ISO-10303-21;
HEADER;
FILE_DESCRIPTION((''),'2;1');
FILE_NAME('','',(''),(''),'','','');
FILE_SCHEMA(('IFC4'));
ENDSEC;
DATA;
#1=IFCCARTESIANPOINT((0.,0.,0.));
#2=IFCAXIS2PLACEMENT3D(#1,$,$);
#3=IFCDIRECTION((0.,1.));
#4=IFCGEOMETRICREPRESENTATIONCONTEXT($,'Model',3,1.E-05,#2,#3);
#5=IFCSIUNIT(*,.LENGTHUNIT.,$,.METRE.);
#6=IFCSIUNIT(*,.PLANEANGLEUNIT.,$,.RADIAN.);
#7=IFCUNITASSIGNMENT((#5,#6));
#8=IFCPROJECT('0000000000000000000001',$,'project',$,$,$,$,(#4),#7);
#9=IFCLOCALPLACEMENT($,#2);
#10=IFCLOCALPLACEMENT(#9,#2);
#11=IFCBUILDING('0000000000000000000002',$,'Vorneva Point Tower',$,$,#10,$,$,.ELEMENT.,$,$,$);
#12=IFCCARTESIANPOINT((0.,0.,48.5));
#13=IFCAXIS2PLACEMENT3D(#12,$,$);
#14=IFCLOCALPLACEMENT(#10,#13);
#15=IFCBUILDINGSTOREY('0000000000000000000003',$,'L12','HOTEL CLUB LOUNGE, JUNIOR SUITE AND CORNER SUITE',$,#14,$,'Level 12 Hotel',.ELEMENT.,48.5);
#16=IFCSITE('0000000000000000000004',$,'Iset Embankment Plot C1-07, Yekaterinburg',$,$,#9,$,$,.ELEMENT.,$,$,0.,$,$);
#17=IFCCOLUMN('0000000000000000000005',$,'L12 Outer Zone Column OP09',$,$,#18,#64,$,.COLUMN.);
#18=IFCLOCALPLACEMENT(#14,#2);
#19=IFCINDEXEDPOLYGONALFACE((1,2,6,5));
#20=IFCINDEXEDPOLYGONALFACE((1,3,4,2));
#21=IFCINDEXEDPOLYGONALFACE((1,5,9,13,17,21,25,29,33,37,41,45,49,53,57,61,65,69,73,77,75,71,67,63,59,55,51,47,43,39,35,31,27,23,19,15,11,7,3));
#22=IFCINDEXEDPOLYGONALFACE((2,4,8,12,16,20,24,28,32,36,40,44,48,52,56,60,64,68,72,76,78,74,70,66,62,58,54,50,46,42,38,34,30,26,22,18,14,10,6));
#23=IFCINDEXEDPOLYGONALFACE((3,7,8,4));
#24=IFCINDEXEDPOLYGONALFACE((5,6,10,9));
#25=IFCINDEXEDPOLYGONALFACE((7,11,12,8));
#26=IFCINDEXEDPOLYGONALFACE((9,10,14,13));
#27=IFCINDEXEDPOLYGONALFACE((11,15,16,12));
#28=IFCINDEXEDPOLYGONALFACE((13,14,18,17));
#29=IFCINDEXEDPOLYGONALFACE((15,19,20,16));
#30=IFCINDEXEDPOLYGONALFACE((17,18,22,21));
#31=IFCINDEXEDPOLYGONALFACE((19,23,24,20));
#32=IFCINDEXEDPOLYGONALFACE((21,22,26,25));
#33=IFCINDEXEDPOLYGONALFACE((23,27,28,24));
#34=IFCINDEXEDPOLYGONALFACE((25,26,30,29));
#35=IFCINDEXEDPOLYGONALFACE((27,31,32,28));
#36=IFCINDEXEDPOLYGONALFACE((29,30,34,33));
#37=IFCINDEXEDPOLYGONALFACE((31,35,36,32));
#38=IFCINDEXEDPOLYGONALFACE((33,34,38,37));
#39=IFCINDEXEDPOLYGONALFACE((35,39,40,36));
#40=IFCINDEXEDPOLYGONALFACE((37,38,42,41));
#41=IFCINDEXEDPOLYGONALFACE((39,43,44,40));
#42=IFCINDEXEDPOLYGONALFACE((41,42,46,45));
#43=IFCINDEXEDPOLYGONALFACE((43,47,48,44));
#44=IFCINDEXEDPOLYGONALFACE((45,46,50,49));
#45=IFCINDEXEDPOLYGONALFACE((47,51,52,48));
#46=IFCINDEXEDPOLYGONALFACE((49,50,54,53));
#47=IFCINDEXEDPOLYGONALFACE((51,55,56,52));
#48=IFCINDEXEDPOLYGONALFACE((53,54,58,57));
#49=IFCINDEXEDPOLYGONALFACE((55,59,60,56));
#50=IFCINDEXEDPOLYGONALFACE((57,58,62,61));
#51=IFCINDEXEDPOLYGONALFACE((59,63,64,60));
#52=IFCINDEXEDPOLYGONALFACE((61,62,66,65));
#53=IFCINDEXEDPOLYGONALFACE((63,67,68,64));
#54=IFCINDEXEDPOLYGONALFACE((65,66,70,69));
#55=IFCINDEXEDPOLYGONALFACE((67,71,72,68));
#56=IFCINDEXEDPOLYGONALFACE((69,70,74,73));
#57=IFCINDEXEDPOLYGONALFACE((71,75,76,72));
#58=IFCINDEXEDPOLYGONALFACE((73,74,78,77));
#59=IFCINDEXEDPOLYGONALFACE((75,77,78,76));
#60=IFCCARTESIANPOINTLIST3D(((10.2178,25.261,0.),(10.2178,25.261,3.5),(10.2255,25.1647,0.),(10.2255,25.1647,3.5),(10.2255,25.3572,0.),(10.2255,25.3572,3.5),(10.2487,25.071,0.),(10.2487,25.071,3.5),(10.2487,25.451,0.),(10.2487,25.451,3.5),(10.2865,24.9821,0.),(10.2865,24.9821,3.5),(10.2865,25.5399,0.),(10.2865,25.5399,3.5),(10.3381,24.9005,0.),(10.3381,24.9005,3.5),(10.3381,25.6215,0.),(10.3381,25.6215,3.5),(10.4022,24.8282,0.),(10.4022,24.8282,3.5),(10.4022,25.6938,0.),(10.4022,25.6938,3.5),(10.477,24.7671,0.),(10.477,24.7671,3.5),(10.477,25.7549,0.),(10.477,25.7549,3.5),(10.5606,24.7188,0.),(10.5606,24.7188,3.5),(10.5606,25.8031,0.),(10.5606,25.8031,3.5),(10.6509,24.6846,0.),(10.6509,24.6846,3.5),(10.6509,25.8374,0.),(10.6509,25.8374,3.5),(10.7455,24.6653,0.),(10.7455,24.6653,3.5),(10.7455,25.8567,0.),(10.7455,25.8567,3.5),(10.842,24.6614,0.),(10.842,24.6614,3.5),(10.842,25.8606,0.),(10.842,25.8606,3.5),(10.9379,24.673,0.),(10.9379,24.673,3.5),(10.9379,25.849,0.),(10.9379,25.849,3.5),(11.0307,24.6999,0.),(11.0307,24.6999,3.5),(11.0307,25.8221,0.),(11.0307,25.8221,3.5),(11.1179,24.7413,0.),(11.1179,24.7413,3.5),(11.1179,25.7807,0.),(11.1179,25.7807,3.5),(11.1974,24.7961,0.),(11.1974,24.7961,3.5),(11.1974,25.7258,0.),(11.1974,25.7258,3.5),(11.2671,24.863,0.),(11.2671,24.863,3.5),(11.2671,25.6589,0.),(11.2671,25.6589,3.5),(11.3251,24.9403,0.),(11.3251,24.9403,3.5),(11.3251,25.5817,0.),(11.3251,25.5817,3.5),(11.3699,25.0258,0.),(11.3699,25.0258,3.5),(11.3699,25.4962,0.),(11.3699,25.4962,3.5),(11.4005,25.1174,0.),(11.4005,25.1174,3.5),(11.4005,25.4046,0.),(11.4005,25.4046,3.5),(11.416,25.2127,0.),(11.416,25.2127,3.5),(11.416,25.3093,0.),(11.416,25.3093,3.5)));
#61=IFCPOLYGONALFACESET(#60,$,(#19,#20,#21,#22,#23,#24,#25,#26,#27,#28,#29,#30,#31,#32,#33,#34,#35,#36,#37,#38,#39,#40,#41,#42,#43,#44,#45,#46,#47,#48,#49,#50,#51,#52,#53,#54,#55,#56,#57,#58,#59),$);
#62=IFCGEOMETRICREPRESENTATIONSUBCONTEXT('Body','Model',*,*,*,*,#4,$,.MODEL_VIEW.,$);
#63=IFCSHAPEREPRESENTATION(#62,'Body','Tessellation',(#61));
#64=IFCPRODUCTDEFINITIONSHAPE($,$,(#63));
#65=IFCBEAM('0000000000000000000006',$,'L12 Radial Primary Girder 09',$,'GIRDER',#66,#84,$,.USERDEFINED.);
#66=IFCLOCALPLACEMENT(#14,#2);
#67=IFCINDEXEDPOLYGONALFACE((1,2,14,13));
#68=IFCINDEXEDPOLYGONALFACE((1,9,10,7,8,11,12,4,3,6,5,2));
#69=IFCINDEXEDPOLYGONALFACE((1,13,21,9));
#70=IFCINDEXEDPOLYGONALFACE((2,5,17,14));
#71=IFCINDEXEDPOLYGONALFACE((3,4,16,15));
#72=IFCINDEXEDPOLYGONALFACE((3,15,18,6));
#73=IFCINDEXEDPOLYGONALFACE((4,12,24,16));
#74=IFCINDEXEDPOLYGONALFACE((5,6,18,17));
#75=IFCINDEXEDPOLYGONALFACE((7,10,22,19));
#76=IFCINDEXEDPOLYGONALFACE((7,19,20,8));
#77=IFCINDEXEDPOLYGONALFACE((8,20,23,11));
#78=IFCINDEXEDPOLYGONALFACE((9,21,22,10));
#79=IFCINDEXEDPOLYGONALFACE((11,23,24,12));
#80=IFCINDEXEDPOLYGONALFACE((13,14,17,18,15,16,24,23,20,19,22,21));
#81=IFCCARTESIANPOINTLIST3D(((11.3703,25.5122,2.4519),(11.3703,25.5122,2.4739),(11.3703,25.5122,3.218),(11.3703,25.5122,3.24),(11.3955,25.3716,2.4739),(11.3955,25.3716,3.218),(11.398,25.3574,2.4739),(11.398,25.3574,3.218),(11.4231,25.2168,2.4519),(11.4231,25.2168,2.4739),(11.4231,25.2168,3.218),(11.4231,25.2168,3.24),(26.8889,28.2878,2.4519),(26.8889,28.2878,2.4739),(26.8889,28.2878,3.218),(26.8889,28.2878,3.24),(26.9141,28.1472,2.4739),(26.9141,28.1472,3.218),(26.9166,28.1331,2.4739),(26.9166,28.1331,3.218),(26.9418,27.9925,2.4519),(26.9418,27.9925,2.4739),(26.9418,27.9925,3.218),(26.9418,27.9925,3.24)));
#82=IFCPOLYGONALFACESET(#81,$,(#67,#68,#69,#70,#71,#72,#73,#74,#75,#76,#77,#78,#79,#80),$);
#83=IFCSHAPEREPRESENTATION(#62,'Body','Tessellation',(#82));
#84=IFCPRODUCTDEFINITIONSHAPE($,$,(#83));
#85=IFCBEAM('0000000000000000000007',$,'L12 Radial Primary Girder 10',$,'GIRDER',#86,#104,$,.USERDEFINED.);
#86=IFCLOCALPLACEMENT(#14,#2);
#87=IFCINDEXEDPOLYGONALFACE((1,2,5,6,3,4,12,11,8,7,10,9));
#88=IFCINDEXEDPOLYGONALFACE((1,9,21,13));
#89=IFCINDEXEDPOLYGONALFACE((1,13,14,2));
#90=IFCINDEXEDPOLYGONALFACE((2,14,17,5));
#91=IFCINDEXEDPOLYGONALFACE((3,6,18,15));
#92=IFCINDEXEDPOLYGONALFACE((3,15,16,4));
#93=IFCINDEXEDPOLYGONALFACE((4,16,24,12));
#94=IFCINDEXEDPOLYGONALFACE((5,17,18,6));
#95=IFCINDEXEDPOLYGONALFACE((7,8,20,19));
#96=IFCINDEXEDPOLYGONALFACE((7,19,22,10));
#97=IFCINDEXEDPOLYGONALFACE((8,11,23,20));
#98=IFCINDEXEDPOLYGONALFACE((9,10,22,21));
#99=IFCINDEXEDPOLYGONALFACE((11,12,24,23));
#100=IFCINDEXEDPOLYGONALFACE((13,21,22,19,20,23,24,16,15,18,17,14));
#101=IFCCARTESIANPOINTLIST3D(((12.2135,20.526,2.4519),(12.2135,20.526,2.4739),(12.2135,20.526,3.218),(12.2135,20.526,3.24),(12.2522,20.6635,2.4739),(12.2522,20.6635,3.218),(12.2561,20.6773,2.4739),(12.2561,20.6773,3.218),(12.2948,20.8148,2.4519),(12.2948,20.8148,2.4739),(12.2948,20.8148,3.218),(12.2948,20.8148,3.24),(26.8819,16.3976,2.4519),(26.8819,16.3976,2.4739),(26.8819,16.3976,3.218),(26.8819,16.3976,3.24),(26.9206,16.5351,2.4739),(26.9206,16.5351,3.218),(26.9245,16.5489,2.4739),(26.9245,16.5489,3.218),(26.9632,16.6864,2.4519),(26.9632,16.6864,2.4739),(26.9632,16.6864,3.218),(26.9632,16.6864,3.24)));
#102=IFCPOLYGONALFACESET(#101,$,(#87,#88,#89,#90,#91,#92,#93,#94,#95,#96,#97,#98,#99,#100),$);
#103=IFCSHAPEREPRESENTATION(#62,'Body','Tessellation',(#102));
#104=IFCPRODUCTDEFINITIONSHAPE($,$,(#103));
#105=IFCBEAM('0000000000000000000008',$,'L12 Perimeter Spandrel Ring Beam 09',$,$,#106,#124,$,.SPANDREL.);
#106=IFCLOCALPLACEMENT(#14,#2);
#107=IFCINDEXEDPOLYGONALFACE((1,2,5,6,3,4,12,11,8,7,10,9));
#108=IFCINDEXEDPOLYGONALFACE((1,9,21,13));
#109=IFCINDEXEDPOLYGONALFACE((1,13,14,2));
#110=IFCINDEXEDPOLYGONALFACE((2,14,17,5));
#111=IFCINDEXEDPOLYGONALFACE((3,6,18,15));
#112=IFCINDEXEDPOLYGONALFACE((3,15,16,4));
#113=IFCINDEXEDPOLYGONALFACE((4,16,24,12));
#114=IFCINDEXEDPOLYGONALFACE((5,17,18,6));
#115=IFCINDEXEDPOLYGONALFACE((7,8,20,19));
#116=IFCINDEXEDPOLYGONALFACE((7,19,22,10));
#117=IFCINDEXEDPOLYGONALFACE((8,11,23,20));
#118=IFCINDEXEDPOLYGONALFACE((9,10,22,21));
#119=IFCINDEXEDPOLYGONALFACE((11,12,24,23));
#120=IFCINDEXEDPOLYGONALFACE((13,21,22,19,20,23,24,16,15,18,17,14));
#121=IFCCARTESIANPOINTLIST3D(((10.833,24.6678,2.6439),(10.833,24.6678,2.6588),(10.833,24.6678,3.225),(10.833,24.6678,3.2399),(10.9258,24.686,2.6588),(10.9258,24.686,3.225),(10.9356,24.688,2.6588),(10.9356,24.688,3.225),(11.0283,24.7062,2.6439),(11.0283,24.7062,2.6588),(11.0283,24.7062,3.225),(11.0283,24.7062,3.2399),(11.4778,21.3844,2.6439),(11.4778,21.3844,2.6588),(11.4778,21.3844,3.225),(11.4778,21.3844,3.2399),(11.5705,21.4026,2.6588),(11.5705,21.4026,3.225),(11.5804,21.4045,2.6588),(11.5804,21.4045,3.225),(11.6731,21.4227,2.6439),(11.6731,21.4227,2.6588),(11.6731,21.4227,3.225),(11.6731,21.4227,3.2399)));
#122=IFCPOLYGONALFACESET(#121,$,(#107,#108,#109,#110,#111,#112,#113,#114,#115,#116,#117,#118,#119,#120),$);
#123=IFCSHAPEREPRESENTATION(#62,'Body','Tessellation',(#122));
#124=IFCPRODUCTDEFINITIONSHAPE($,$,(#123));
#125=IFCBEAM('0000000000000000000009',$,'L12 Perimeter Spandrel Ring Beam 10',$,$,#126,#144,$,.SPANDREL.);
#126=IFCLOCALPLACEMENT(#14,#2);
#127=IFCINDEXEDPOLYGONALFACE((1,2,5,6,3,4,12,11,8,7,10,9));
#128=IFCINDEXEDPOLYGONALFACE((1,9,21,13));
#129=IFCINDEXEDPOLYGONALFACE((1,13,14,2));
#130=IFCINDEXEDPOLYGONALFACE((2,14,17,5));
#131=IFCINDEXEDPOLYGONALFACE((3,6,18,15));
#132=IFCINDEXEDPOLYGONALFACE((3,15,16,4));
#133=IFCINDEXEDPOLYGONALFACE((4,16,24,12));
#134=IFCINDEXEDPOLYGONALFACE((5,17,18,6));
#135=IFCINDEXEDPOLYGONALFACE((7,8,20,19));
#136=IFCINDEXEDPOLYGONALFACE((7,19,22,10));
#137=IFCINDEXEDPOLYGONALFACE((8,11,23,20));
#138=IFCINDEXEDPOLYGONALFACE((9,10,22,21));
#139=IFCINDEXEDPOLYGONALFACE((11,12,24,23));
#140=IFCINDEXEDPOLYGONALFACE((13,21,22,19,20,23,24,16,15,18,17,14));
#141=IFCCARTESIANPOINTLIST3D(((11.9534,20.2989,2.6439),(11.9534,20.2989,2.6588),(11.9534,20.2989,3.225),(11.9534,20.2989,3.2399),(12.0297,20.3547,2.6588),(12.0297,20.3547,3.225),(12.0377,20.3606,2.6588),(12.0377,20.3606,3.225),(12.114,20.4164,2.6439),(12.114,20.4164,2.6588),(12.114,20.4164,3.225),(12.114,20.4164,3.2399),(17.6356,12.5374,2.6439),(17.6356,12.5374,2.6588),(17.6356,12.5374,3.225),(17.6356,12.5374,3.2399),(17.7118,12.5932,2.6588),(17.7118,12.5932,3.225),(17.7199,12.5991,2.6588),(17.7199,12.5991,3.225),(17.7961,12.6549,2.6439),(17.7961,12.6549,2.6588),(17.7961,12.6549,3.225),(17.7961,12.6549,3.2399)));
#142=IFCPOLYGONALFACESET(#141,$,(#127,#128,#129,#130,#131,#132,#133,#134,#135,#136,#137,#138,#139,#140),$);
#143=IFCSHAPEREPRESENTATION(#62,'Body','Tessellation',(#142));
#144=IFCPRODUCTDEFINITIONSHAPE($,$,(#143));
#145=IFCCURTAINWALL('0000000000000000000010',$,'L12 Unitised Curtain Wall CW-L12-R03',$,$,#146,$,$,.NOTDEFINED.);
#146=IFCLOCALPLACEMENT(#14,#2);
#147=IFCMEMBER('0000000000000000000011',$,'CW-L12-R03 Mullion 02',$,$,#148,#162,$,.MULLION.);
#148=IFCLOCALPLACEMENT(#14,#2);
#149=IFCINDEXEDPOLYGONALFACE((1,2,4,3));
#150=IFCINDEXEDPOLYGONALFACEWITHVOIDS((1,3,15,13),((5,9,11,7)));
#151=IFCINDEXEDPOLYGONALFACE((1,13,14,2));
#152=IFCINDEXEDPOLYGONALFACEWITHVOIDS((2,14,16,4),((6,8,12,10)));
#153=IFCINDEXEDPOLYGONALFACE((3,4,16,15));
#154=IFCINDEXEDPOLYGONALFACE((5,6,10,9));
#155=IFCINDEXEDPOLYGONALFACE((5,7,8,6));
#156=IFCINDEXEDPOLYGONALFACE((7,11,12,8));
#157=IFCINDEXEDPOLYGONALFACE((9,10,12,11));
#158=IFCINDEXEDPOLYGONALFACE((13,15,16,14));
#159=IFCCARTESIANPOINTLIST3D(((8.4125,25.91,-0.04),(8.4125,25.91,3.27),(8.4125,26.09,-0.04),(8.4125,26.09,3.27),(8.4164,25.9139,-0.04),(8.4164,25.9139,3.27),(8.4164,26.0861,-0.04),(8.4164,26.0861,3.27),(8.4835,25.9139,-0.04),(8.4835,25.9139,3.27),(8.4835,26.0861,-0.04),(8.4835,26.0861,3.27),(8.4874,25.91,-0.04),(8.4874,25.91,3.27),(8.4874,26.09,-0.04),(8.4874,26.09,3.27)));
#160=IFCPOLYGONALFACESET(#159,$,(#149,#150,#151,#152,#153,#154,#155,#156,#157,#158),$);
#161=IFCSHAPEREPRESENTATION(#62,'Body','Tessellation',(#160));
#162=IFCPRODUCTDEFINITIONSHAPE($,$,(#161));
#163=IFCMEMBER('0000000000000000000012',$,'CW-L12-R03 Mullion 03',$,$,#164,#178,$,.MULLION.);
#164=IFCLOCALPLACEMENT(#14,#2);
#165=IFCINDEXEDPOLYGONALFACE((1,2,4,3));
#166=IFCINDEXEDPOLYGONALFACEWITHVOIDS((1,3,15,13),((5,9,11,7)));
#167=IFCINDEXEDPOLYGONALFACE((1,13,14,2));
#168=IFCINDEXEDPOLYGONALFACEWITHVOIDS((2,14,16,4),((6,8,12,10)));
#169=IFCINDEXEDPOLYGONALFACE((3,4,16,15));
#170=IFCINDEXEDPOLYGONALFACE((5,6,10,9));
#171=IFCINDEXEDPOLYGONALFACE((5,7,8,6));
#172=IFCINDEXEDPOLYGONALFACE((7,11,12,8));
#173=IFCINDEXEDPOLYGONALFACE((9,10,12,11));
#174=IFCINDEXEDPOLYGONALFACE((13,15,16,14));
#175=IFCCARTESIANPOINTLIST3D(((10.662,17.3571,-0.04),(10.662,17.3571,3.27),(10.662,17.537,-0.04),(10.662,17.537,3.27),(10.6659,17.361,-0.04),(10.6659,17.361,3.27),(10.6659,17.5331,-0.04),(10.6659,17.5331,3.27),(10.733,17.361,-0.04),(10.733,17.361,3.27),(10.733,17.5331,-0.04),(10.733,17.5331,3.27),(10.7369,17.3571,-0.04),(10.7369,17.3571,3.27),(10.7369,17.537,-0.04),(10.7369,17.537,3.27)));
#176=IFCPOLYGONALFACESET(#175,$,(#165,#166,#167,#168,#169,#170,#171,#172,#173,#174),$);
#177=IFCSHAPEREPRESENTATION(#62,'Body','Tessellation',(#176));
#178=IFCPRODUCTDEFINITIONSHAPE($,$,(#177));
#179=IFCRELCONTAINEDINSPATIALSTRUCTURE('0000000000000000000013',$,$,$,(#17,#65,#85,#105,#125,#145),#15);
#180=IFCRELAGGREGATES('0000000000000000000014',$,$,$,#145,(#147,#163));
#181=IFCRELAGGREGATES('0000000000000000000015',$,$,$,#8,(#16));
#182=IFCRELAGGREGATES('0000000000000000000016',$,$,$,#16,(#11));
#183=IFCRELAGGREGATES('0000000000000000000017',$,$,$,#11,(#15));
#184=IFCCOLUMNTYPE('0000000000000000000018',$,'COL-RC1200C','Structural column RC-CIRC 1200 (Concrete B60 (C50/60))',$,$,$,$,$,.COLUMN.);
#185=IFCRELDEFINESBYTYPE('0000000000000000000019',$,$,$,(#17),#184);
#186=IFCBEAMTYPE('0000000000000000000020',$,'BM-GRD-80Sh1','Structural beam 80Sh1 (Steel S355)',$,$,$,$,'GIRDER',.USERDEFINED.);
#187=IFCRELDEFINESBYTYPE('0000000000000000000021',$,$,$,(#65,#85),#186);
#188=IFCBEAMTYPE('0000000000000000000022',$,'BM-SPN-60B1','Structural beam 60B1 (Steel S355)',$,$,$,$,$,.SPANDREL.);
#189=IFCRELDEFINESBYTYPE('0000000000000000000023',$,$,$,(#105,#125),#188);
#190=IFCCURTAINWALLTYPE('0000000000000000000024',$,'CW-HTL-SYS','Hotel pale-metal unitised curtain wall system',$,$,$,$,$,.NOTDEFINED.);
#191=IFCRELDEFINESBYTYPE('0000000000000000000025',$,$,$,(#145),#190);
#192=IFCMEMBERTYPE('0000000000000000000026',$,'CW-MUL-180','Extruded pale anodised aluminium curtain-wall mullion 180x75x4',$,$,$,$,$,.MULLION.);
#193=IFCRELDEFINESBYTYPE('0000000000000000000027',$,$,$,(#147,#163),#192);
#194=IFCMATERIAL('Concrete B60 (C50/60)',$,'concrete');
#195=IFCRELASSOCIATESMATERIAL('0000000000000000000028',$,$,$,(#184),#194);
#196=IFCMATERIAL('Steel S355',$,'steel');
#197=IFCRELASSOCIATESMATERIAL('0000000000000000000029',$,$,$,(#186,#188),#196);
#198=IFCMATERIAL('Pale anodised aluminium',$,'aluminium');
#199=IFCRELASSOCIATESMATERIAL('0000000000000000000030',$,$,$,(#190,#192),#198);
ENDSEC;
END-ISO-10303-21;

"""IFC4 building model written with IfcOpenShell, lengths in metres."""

from ifc_helpers import new_model, si_unit, direction, frame, origin, origin_2d, place, context, subcontext, project, spatial, hollow_rectangle, circle, i_section, extrude, material, material_profile, profile_set, type_object, element, aggregate, save


model = new_model("IFC4")

# Units and contexts
model_context = context("Model", 3, precision=1e-05, world=origin(), true_north=direction((0.0, 1.0)))
body_context = subcontext(model_context, "Body", "Model", "MODEL_VIEW")
ifc_project = project(units=[si_unit("LENGTHUNIT", "METRE"), si_unit("PLANEANGLEUNIT", "RADIAN")], contexts=[model_context])

# Site, building, storey
site_placement = place(None, origin())
site = spatial("IfcSite", under=ifc_project, at=site_placement, Name="Iset Embankment Plot C1-07, Yekaterinburg", CompositionType="ELEMENT", RefElevation=0.0)
building_placement = place(site_placement, origin())
building = spatial("IfcBuilding", under=site, at=building_placement, Name="Vorneva Point Tower", CompositionType="ELEMENT")
storey_placement = place(building_placement, frame((0.0, 0.0, 48.5)))
storey = spatial("IfcBuildingStorey", under=building, at=storey_placement, Name="L12", Description="HOTEL CLUB LOUNGE, JUNIOR SUITE AND CORNER SUITE", LongName="Level 12 Hotel", CompositionType="ELEMENT", Elevation=48.5)

# Column
ifc_material_1 = material(Name="Concrete B60 (C50/60)", Category="concrete")
ifc_material_profile_1 = material_profile(ifc_material_1, circle(Radius=0.6001, at=origin_2d()), Name="RC-CIRC 1200")
ifc_profile_set_1 = profile_set([ifc_material_profile_1], Name="Concrete B60 (C50/60)")
column_type = type_object("IfcColumnType", Name="COL-RC1200C", Description="Structural column RC-CIRC 1200 (Concrete B60 (C50/60))", PredefinedType="COLUMN", material=ifc_profile_set_1)
for number, where, z_axis, x_axis, name in (
    (1, (10.8179, 25.261, 0.0), (0.0, 0.0, 1.0), (-1.0, 0.0, 0.0), "L12 Outer Zone Column OP09"),
):
    element("IfcColumn", number, at=place(storey_placement, frame(where, z_axis=z_axis, x_axis=x_axis)), inside=storey, type_object=column_type, Name=name, PredefinedType="COLUMN", context=body_context, shape_type="SweptSolid", body=[
        extrude(circle(Radius=0.6001, at=origin_2d()), origin(), (0.0, 0.0, 1.0), 3.5),
    ])

# Beams
ifc_material_2 = material(Name="Steel S355", Category="steel")
ifc_material_profile_2 = material_profile(ifc_material_2, i_section(OverallWidth=0.3, OverallDepth=0.7881, WebThickness=0.0144, FlangeThickness=0.022, at=origin_2d()), Name="80Sh1")
ifc_profile_set_2 = profile_set([ifc_material_profile_2], Name="Steel S355")
beam_type_1 = type_object("IfcBeamType", Name="BM-GRD-80Sh1", Description="Structural beam 80Sh1 (Steel S355)", ElementType="GIRDER", PredefinedType="USERDEFINED", material=ifc_profile_set_2)
beam_1_placement = place(storey_placement, frame((11.3967, 25.3645, 2.8459), z_axis=(0.984379, 0.176065, 0.0), x_axis=(-0.176065, 0.984379, 0.0)))
element("IfcBeam", 2, at=beam_1_placement, inside=storey, type_object=beam_type_1, Name="L12 Radial Primary Girder 09", ObjectType="GIRDER", PredefinedType="USERDEFINED", context=body_context, shape_type="SweptSolid", body=[
    extrude(i_section(OverallWidth=0.3, OverallDepth=0.7881, WebThickness=0.0144, FlangeThickness=0.022, at=origin_2d()), origin(), (0.0, 0.0, 1.0), 15.7649),
])
beam_2_placement = place(storey_placement, frame((12.2542, 20.6704, 2.8459), z_axis=(0.962601, -0.270923, 0.0), x_axis=(0.270923, 0.962601, 0.0)))
element("IfcBeam", 3, at=beam_2_placement, inside=storey, type_object=beam_type_1, Name="L12 Radial Primary Girder 10", ObjectType="GIRDER", PredefinedType="USERDEFINED", context=body_context, shape_type="SweptSolid", body=[
    extrude(i_section(OverallWidth=0.3, OverallDepth=0.7881, WebThickness=0.0144, FlangeThickness=0.022, at=origin_2d()), origin(), (0.0, 0.0, 1.0), 15.2383),
])
ifc_material_profile_3 = material_profile(ifc_material_2, i_section(OverallWidth=0.199, OverallDepth=0.5959, WebThickness=0.01, FlangeThickness=0.0149, at=origin_2d()), Name="60B1")
ifc_profile_set_3 = profile_set([ifc_material_profile_3], Name="Steel S355")
beam_type_2 = type_object("IfcBeamType", Name="BM-SPN-60B1", Description="Structural beam 60B1 (Steel S355)", PredefinedType="SPANDREL", material=ifc_profile_set_3)
beam_3_placement = place(storey_placement, frame((10.9307, 24.687, 2.9419), z_axis=(0.192691, -0.981259, 0.0), x_axis=(0.981259, 0.192691, 0.0)))
element("IfcBeam", 4, at=beam_3_placement, inside=storey, type_object=beam_type_2, Name="L12 Perimeter Spandrel Ring Beam 09", PredefinedType="SPANDREL", context=body_context, shape_type="SweptSolid", body=[
    extrude(i_section(OverallWidth=0.199, OverallDepth=0.5959, WebThickness=0.01, FlangeThickness=0.0149, at=origin_2d()), origin(), (0.0, 0.0, 1.0), 3.3462),
])
beam_4_placement = place(storey_placement, frame((12.0337, 20.3577, 2.9419), z_axis=(0.590713, -0.806882, 0.0), x_axis=(0.806882, 0.590713, 0.0)))
element("IfcBeam", 5, at=beam_4_placement, inside=storey, type_object=beam_type_2, Name="L12 Perimeter Spandrel Ring Beam 10", PredefinedType="SPANDREL", context=body_context, shape_type="SweptSolid", body=[
    extrude(i_section(OverallWidth=0.199, OverallDepth=0.5959, WebThickness=0.01, FlangeThickness=0.0149, at=origin_2d()), origin(), (0.0, 0.0, 1.0), 9.6191),
])

# Curtain wall, members
ifc_material_3 = material(Name="Pale anodised aluminium", Category="aluminium")
curtain_wall_type = type_object("IfcCurtainWallType", Name="CW-HTL-SYS", Description="Hotel pale-metal unitised curtain wall system", PredefinedType="NOTDEFINED", material=ifc_material_3)
curtain_wall_1_placement = place(storey_placement, origin())
curtain_wall_1 = element("IfcCurtainWall", 6, at=curtain_wall_1_placement, inside=storey, type_object=curtain_wall_type, Name="L12 Unitised Curtain Wall CW-L12-R03", PredefinedType="NOTDEFINED")
ifc_material_profile_4 = material_profile(ifc_material_3, hollow_rectangle(XDim=0.075, YDim=0.1799, WallThickness=0.0039, at=origin_2d()), Name="AL-MUL 180x75x4")
ifc_profile_set_4 = profile_set([ifc_material_profile_4], Name="Pale anodised aluminium")
member_type_1 = type_object("IfcMemberType", Name="CW-MUL-180", Description="Extruded pale anodised aluminium curtain-wall mullion 180x75x4", PredefinedType="MULLION", material=ifc_profile_set_4)
member_1_placement = place(storey_placement, frame((8.45, 26.0, -0.04), z_axis=(0.0, 0.0, 1.0), x_axis=(1.0, 0.0, 0.0)))
member_1 = element("IfcMember", 7, at=member_1_placement, type_object=member_type_1, Name="CW-L12-R03 Mullion 02", PredefinedType="MULLION", context=body_context, shape_type="SweptSolid", body=[
    extrude(hollow_rectangle(XDim=0.075, YDim=0.1799, WallThickness=0.0039, at=origin_2d()), origin(), (0.0, 0.0, 1.0), 3.3101),
])
member_2_placement = place(storey_placement, frame((10.6995, 17.447, -0.04), z_axis=(0.0, 0.0, 1.0), x_axis=(1.0, 0.0, 0.0)))
member_2 = element("IfcMember", 8, at=member_2_placement, type_object=member_type_1, Name="CW-L12-R03 Mullion 03", PredefinedType="MULLION", context=body_context, shape_type="SweptSolid", body=[
    extrude(hollow_rectangle(XDim=0.075, YDim=0.1799, WallThickness=0.0039, at=origin_2d()), origin(), (0.0, 0.0, 1.0), 3.3101),
])

aggregate(curtain_wall_1, [member_1, member_2])

save(model, "model.ifc")
